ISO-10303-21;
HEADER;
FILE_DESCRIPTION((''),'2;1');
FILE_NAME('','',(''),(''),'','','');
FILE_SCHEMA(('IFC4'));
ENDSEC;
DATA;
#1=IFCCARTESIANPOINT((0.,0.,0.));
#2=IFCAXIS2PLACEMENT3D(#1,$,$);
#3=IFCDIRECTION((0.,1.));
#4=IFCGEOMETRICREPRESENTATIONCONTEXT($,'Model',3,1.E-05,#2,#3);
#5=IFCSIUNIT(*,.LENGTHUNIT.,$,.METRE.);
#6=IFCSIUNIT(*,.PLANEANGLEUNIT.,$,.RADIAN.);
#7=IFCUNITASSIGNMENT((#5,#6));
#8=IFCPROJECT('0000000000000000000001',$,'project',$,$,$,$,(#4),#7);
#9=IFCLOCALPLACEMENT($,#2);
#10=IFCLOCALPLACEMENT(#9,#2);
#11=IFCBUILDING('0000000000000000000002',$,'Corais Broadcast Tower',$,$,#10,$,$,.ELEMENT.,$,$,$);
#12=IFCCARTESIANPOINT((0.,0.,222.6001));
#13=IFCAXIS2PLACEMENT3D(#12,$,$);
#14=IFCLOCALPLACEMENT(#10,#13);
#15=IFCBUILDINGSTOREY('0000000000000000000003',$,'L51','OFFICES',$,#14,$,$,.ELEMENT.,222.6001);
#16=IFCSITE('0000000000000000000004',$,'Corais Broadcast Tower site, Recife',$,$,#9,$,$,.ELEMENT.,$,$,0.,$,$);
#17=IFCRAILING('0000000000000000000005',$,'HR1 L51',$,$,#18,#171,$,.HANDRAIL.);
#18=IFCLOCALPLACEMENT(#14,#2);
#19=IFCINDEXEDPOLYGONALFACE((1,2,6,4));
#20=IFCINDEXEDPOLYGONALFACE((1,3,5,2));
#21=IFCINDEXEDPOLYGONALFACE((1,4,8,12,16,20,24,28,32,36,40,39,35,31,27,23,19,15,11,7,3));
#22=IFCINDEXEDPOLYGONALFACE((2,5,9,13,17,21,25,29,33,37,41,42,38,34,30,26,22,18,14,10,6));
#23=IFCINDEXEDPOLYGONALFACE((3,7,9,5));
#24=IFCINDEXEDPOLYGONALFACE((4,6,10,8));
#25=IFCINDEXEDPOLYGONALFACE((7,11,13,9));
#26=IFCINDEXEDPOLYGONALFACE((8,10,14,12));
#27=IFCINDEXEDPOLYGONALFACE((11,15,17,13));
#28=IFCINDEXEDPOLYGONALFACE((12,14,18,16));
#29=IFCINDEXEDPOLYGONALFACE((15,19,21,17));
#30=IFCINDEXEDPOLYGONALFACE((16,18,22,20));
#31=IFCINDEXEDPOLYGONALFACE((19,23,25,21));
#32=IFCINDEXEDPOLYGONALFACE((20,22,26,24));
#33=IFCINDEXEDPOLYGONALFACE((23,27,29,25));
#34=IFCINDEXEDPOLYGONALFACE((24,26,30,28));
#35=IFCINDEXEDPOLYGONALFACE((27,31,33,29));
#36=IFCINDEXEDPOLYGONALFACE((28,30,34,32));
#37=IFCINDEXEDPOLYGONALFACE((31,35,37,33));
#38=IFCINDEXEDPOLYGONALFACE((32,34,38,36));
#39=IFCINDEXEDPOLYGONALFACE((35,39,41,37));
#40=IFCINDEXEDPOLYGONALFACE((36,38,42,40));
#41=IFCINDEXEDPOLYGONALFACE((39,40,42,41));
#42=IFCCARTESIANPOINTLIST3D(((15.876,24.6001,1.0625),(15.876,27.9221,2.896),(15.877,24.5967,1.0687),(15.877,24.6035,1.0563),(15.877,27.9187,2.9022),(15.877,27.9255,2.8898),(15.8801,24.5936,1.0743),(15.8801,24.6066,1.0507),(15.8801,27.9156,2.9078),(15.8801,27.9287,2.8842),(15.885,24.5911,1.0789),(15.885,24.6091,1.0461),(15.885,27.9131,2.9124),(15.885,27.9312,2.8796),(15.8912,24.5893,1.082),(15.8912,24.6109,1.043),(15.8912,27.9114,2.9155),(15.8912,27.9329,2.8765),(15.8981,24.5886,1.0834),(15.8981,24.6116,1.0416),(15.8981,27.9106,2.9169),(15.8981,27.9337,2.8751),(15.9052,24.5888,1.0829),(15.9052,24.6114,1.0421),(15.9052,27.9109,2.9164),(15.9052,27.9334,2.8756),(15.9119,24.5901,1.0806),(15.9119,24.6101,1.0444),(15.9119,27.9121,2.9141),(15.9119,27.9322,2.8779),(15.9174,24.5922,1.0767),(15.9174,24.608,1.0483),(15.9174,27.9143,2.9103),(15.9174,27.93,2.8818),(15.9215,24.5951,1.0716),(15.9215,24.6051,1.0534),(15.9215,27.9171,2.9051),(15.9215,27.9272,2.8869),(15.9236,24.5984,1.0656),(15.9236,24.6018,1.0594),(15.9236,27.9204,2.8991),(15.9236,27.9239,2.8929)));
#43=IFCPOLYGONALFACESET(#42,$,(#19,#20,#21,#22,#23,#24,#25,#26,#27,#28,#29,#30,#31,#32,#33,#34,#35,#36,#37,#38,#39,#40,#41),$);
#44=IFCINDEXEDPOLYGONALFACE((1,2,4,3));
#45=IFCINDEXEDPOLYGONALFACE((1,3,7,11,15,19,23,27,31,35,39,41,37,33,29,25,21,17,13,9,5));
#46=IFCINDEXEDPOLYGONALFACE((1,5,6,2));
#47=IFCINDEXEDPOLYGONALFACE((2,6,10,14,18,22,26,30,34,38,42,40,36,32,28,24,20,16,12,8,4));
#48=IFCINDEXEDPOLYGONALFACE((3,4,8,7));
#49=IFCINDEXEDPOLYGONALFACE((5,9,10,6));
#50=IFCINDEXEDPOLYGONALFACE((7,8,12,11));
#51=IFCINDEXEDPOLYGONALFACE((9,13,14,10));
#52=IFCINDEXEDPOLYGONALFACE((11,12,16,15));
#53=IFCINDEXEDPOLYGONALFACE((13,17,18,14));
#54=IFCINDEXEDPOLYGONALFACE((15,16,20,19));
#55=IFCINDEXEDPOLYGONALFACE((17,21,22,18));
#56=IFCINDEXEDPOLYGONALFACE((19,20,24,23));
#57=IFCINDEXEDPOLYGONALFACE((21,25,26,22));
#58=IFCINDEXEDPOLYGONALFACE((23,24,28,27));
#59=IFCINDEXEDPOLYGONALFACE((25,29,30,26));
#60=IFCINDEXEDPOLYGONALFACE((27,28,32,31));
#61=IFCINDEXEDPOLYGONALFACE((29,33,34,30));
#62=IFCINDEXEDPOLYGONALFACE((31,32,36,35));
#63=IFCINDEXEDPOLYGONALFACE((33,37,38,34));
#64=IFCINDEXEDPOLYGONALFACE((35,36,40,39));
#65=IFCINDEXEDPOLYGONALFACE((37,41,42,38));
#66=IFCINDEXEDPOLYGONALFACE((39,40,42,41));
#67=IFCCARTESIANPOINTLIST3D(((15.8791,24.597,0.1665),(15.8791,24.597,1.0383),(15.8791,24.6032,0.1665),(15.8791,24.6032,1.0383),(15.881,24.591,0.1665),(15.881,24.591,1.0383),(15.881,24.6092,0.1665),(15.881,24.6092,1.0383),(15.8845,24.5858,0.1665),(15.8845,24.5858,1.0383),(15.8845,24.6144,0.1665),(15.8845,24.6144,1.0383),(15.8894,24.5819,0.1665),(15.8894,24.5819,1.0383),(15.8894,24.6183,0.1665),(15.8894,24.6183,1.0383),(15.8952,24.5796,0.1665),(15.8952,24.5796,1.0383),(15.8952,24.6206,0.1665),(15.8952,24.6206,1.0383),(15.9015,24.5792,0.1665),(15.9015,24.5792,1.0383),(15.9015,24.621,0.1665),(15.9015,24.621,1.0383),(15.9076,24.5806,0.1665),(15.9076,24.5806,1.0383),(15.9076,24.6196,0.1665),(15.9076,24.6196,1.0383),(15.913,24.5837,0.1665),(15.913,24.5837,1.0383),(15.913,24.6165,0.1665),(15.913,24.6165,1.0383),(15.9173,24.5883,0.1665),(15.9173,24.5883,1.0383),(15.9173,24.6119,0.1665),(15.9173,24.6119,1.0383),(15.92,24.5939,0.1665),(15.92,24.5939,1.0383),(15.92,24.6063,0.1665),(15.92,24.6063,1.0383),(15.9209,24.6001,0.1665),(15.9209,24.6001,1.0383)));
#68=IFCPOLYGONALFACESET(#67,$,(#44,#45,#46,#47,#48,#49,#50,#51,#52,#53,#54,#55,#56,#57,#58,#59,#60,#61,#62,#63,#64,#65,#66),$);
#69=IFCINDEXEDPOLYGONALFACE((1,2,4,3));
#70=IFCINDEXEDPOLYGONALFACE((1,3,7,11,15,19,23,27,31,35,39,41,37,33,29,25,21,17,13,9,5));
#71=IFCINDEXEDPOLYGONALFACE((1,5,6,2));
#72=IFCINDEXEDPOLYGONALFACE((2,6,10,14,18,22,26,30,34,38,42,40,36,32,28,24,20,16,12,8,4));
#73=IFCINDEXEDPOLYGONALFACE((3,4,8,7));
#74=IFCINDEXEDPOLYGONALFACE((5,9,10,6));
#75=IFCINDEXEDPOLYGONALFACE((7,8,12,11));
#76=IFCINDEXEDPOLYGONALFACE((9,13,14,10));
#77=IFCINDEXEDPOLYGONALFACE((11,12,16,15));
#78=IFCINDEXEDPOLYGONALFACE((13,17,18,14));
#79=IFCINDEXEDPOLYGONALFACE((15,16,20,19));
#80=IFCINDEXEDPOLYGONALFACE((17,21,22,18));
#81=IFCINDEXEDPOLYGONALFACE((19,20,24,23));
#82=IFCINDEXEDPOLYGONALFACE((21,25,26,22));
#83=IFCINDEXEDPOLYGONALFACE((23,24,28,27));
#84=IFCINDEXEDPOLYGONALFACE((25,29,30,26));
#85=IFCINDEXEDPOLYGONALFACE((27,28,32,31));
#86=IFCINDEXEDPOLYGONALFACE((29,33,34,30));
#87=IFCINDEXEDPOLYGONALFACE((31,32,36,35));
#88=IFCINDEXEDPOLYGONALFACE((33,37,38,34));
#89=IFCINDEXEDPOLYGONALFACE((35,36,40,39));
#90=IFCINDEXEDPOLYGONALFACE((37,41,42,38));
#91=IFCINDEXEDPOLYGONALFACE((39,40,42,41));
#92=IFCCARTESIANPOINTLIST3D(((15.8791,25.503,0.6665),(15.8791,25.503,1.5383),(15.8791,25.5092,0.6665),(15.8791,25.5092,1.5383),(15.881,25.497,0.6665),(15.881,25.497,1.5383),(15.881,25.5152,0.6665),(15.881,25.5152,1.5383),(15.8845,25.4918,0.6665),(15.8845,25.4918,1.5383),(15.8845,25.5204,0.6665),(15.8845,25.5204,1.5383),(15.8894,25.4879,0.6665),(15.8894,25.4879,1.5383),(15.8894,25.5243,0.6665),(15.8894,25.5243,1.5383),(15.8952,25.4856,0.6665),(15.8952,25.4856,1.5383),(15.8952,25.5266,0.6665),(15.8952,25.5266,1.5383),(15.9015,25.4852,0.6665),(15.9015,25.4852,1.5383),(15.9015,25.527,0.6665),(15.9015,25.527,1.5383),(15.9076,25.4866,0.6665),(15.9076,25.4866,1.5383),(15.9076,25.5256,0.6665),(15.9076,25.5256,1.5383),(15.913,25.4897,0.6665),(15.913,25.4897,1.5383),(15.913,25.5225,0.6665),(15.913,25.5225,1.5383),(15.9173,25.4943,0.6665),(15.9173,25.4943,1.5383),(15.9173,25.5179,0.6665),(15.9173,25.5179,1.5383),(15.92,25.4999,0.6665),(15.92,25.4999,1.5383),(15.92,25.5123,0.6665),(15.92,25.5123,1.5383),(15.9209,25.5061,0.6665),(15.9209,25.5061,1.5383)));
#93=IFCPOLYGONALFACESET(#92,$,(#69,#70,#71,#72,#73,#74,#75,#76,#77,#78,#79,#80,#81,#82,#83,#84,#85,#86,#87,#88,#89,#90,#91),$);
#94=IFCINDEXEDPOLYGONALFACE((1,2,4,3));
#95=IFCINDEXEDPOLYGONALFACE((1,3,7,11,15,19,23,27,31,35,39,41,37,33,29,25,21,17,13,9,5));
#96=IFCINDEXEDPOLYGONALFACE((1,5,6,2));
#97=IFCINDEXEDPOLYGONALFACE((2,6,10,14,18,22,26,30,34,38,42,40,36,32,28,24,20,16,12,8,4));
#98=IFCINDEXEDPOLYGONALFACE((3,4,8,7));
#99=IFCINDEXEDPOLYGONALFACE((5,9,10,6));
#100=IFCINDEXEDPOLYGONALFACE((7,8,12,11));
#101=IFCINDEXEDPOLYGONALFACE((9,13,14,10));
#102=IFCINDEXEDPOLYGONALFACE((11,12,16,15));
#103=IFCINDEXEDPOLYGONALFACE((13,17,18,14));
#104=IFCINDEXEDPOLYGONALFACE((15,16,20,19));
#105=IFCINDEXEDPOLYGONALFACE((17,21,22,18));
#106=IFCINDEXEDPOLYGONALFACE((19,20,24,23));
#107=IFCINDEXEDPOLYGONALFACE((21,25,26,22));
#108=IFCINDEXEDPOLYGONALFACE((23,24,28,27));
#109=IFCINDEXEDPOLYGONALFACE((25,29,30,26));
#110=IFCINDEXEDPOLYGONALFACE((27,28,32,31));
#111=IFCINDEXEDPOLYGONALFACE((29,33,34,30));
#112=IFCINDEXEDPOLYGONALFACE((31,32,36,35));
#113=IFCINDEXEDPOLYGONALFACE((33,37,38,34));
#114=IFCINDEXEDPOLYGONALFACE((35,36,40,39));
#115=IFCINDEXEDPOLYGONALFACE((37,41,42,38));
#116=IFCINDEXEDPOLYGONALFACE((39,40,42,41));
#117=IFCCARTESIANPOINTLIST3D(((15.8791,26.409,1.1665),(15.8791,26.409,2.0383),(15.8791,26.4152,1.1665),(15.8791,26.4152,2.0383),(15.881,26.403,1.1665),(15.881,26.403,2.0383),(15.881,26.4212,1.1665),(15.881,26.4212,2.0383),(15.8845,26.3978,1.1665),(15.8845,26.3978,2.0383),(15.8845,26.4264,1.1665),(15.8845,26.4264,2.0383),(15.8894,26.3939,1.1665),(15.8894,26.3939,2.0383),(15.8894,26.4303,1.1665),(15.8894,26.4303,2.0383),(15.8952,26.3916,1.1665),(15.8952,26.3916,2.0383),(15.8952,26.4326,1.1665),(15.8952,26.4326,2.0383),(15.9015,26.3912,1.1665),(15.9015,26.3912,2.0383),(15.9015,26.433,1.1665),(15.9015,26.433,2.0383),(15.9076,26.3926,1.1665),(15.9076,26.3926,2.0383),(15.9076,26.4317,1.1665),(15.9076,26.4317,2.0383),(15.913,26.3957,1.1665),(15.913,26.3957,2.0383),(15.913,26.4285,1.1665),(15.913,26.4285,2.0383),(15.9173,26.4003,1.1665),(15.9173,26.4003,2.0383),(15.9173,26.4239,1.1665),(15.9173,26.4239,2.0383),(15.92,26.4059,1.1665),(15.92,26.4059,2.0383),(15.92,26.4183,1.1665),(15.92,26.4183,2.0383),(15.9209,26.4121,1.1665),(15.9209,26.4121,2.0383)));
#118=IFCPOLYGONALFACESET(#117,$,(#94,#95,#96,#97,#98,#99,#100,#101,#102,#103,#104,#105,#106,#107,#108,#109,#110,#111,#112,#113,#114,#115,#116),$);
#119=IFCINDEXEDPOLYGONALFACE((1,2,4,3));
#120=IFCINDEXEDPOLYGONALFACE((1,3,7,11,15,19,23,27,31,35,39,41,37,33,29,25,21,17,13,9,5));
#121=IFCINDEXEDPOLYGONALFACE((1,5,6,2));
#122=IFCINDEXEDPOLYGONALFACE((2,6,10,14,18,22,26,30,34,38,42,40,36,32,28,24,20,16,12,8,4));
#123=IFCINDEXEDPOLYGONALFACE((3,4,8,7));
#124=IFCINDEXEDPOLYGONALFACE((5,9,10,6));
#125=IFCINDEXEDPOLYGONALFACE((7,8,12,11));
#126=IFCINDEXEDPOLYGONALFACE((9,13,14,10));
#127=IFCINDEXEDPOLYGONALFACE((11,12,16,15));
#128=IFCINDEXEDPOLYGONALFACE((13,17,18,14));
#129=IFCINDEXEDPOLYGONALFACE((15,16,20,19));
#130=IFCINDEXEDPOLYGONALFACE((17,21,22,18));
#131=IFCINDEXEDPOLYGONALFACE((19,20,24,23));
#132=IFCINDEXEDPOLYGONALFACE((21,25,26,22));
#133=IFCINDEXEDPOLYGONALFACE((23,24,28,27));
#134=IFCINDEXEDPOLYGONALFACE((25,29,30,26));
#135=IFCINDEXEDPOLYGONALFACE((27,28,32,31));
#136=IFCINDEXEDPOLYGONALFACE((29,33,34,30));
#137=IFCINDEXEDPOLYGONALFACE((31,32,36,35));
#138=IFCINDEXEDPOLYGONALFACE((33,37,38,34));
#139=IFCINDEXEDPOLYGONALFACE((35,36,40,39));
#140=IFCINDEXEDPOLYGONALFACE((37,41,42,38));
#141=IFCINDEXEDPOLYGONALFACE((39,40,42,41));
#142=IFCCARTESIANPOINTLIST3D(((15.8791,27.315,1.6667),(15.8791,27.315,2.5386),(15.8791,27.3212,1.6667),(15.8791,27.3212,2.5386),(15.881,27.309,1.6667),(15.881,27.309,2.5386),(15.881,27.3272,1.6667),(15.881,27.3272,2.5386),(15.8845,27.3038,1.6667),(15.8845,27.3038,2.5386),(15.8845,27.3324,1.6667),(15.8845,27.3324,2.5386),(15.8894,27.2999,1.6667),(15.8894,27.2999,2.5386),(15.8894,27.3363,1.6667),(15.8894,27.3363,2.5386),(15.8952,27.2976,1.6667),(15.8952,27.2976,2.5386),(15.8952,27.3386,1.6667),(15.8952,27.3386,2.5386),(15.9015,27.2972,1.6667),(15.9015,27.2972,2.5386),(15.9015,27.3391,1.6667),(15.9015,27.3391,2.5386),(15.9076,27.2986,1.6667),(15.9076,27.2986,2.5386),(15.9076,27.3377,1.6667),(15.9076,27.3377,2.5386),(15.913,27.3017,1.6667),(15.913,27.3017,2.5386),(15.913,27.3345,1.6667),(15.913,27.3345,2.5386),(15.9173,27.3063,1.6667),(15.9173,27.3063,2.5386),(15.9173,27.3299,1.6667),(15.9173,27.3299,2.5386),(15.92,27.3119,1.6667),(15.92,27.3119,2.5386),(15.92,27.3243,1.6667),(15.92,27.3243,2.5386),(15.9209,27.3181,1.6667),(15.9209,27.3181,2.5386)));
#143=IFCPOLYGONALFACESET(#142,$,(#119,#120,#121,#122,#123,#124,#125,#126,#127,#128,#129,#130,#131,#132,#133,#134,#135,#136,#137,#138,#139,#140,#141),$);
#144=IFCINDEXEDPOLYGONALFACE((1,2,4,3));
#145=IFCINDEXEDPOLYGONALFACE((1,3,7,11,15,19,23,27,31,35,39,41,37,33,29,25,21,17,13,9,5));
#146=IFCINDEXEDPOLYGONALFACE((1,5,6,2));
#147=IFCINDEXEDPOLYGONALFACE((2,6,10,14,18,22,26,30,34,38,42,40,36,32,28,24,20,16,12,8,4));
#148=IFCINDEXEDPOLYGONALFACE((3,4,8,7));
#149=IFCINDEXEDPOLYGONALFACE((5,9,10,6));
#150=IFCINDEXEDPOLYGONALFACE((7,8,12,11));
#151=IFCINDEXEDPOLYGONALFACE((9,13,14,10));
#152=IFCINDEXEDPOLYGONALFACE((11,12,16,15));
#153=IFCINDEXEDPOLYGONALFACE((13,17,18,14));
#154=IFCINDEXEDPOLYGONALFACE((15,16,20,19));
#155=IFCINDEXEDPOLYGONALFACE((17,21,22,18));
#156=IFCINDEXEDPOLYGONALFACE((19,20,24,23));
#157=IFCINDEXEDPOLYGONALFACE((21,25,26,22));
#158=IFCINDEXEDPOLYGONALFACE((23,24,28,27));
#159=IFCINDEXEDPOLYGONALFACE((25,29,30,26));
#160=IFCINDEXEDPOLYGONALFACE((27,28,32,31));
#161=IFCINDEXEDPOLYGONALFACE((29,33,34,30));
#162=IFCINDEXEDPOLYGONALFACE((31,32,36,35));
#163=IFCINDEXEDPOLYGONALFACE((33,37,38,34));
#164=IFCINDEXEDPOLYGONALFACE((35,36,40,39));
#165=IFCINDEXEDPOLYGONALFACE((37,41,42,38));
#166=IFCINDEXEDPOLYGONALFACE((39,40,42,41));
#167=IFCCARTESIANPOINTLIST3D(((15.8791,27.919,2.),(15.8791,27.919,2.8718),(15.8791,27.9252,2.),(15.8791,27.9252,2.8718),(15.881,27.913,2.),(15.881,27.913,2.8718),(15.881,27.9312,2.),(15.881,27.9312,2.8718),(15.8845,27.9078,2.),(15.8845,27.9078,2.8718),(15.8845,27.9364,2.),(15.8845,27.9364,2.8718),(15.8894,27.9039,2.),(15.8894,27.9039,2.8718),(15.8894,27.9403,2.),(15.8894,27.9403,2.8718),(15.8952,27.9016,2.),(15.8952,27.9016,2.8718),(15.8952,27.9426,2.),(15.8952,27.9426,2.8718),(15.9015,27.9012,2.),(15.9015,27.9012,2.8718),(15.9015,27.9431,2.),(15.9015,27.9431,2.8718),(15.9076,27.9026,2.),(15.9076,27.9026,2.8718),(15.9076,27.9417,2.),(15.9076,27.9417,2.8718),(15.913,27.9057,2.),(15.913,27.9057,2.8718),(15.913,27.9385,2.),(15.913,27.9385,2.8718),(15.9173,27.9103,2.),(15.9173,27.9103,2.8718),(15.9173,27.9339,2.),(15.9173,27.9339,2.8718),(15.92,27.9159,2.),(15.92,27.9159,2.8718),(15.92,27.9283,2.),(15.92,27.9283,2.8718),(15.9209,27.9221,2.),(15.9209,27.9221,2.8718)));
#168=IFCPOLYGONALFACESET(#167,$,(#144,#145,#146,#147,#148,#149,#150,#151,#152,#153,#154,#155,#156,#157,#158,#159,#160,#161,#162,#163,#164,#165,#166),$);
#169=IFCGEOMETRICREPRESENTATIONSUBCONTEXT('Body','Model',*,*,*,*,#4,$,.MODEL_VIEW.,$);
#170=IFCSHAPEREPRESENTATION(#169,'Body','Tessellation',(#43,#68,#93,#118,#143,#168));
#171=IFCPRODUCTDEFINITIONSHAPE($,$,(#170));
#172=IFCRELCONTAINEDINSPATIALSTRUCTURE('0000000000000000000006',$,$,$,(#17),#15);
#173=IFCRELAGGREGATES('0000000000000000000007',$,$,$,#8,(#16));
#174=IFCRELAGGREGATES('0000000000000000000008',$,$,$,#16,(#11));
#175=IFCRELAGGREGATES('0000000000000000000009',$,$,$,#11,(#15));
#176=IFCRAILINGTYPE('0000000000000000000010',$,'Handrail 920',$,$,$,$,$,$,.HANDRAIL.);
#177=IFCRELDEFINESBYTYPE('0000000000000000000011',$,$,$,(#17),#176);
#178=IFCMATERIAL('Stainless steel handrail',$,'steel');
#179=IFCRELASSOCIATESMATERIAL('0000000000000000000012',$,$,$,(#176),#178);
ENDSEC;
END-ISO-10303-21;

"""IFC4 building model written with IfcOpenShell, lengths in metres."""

from ifc_helpers import new_model, si_unit, direction, frame, origin, origin_2d, place, context, subcontext, project, spatial, circle, extrude, material, type_object, element, save


model = new_model("IFC4")

# Units and contexts
model_context = context("Model", 3, precision=1e-05, world=origin(), true_north=direction((0.0, 1.0)))
body_context = subcontext(model_context, "Body", "Model", "MODEL_VIEW")
ifc_project = project(units=[si_unit("LENGTHUNIT", "METRE"), si_unit("PLANEANGLEUNIT", "RADIAN")], contexts=[model_context])

# Site, building, storey
site_placement = place(None, origin())
site = spatial("IfcSite", under=ifc_project, at=site_placement, Name="Corais Broadcast Tower site, Recife", CompositionType="ELEMENT", RefElevation=0.0)
building_placement = place(site_placement, origin())
building = spatial("IfcBuilding", under=site, at=building_placement, Name="Corais Broadcast Tower", CompositionType="ELEMENT")
storey_placement = place(building_placement, frame((0.0, 0.0, 222.6001)))
storey = spatial("IfcBuildingStorey", under=building, at=storey_placement, Name="L51", Description="OFFICES", CompositionType="ELEMENT", Elevation=222.6001)

# Railing
ifc_material_1 = material(Name="Stainless steel handrail", Category="steel")
railing_type = type_object("IfcRailingType", Name="Handrail 920", PredefinedType="HANDRAIL", material=ifc_material_1)
for number, where, name in (
    (1, (15.8999, 24.6001, 0.1665), "HR1 L51"),
):
    element("IfcRailing", number, at=place(storey_placement, frame(where)), inside=storey, type_object=railing_type, Name=name, PredefinedType="HANDRAIL", context=body_context, shape_type="SweptSolid", body=[
        extrude(circle(Radius=0.0239, at=origin_2d()), frame((0.0, 0.0, 0.896), z_axis=(0.0, 0.875504, 0.48321), x_axis=(-1.0, 0.0, 0.0)), (0.0, 0.0, 1.0), 3.7944),
        extrude(circle(Radius=0.021, at=origin_2d()), origin(), (0.0, 0.0, 1.0), 0.8718),
        extrude(circle(Radius=0.021, at=origin_2d()), frame((0.0, 0.906, 0.5)), (0.0, 0.0, 1.0), 0.8718),
        extrude(circle(Radius=0.021, at=origin_2d()), frame((0.0, 1.812, 1.0)), (0.0, 0.0, 1.0), 0.8718),
        extrude(circle(Radius=0.021, at=origin_2d()), frame((0.0, 2.718, 1.5002)), (0.0, 0.0, 1.0), 0.8718),
        extrude(circle(Radius=0.021, at=origin_2d()), frame((0.0, 3.322, 1.8335)), (0.0, 0.0, 1.0), 0.8718),
    ])

save(model, "model.ifc")
